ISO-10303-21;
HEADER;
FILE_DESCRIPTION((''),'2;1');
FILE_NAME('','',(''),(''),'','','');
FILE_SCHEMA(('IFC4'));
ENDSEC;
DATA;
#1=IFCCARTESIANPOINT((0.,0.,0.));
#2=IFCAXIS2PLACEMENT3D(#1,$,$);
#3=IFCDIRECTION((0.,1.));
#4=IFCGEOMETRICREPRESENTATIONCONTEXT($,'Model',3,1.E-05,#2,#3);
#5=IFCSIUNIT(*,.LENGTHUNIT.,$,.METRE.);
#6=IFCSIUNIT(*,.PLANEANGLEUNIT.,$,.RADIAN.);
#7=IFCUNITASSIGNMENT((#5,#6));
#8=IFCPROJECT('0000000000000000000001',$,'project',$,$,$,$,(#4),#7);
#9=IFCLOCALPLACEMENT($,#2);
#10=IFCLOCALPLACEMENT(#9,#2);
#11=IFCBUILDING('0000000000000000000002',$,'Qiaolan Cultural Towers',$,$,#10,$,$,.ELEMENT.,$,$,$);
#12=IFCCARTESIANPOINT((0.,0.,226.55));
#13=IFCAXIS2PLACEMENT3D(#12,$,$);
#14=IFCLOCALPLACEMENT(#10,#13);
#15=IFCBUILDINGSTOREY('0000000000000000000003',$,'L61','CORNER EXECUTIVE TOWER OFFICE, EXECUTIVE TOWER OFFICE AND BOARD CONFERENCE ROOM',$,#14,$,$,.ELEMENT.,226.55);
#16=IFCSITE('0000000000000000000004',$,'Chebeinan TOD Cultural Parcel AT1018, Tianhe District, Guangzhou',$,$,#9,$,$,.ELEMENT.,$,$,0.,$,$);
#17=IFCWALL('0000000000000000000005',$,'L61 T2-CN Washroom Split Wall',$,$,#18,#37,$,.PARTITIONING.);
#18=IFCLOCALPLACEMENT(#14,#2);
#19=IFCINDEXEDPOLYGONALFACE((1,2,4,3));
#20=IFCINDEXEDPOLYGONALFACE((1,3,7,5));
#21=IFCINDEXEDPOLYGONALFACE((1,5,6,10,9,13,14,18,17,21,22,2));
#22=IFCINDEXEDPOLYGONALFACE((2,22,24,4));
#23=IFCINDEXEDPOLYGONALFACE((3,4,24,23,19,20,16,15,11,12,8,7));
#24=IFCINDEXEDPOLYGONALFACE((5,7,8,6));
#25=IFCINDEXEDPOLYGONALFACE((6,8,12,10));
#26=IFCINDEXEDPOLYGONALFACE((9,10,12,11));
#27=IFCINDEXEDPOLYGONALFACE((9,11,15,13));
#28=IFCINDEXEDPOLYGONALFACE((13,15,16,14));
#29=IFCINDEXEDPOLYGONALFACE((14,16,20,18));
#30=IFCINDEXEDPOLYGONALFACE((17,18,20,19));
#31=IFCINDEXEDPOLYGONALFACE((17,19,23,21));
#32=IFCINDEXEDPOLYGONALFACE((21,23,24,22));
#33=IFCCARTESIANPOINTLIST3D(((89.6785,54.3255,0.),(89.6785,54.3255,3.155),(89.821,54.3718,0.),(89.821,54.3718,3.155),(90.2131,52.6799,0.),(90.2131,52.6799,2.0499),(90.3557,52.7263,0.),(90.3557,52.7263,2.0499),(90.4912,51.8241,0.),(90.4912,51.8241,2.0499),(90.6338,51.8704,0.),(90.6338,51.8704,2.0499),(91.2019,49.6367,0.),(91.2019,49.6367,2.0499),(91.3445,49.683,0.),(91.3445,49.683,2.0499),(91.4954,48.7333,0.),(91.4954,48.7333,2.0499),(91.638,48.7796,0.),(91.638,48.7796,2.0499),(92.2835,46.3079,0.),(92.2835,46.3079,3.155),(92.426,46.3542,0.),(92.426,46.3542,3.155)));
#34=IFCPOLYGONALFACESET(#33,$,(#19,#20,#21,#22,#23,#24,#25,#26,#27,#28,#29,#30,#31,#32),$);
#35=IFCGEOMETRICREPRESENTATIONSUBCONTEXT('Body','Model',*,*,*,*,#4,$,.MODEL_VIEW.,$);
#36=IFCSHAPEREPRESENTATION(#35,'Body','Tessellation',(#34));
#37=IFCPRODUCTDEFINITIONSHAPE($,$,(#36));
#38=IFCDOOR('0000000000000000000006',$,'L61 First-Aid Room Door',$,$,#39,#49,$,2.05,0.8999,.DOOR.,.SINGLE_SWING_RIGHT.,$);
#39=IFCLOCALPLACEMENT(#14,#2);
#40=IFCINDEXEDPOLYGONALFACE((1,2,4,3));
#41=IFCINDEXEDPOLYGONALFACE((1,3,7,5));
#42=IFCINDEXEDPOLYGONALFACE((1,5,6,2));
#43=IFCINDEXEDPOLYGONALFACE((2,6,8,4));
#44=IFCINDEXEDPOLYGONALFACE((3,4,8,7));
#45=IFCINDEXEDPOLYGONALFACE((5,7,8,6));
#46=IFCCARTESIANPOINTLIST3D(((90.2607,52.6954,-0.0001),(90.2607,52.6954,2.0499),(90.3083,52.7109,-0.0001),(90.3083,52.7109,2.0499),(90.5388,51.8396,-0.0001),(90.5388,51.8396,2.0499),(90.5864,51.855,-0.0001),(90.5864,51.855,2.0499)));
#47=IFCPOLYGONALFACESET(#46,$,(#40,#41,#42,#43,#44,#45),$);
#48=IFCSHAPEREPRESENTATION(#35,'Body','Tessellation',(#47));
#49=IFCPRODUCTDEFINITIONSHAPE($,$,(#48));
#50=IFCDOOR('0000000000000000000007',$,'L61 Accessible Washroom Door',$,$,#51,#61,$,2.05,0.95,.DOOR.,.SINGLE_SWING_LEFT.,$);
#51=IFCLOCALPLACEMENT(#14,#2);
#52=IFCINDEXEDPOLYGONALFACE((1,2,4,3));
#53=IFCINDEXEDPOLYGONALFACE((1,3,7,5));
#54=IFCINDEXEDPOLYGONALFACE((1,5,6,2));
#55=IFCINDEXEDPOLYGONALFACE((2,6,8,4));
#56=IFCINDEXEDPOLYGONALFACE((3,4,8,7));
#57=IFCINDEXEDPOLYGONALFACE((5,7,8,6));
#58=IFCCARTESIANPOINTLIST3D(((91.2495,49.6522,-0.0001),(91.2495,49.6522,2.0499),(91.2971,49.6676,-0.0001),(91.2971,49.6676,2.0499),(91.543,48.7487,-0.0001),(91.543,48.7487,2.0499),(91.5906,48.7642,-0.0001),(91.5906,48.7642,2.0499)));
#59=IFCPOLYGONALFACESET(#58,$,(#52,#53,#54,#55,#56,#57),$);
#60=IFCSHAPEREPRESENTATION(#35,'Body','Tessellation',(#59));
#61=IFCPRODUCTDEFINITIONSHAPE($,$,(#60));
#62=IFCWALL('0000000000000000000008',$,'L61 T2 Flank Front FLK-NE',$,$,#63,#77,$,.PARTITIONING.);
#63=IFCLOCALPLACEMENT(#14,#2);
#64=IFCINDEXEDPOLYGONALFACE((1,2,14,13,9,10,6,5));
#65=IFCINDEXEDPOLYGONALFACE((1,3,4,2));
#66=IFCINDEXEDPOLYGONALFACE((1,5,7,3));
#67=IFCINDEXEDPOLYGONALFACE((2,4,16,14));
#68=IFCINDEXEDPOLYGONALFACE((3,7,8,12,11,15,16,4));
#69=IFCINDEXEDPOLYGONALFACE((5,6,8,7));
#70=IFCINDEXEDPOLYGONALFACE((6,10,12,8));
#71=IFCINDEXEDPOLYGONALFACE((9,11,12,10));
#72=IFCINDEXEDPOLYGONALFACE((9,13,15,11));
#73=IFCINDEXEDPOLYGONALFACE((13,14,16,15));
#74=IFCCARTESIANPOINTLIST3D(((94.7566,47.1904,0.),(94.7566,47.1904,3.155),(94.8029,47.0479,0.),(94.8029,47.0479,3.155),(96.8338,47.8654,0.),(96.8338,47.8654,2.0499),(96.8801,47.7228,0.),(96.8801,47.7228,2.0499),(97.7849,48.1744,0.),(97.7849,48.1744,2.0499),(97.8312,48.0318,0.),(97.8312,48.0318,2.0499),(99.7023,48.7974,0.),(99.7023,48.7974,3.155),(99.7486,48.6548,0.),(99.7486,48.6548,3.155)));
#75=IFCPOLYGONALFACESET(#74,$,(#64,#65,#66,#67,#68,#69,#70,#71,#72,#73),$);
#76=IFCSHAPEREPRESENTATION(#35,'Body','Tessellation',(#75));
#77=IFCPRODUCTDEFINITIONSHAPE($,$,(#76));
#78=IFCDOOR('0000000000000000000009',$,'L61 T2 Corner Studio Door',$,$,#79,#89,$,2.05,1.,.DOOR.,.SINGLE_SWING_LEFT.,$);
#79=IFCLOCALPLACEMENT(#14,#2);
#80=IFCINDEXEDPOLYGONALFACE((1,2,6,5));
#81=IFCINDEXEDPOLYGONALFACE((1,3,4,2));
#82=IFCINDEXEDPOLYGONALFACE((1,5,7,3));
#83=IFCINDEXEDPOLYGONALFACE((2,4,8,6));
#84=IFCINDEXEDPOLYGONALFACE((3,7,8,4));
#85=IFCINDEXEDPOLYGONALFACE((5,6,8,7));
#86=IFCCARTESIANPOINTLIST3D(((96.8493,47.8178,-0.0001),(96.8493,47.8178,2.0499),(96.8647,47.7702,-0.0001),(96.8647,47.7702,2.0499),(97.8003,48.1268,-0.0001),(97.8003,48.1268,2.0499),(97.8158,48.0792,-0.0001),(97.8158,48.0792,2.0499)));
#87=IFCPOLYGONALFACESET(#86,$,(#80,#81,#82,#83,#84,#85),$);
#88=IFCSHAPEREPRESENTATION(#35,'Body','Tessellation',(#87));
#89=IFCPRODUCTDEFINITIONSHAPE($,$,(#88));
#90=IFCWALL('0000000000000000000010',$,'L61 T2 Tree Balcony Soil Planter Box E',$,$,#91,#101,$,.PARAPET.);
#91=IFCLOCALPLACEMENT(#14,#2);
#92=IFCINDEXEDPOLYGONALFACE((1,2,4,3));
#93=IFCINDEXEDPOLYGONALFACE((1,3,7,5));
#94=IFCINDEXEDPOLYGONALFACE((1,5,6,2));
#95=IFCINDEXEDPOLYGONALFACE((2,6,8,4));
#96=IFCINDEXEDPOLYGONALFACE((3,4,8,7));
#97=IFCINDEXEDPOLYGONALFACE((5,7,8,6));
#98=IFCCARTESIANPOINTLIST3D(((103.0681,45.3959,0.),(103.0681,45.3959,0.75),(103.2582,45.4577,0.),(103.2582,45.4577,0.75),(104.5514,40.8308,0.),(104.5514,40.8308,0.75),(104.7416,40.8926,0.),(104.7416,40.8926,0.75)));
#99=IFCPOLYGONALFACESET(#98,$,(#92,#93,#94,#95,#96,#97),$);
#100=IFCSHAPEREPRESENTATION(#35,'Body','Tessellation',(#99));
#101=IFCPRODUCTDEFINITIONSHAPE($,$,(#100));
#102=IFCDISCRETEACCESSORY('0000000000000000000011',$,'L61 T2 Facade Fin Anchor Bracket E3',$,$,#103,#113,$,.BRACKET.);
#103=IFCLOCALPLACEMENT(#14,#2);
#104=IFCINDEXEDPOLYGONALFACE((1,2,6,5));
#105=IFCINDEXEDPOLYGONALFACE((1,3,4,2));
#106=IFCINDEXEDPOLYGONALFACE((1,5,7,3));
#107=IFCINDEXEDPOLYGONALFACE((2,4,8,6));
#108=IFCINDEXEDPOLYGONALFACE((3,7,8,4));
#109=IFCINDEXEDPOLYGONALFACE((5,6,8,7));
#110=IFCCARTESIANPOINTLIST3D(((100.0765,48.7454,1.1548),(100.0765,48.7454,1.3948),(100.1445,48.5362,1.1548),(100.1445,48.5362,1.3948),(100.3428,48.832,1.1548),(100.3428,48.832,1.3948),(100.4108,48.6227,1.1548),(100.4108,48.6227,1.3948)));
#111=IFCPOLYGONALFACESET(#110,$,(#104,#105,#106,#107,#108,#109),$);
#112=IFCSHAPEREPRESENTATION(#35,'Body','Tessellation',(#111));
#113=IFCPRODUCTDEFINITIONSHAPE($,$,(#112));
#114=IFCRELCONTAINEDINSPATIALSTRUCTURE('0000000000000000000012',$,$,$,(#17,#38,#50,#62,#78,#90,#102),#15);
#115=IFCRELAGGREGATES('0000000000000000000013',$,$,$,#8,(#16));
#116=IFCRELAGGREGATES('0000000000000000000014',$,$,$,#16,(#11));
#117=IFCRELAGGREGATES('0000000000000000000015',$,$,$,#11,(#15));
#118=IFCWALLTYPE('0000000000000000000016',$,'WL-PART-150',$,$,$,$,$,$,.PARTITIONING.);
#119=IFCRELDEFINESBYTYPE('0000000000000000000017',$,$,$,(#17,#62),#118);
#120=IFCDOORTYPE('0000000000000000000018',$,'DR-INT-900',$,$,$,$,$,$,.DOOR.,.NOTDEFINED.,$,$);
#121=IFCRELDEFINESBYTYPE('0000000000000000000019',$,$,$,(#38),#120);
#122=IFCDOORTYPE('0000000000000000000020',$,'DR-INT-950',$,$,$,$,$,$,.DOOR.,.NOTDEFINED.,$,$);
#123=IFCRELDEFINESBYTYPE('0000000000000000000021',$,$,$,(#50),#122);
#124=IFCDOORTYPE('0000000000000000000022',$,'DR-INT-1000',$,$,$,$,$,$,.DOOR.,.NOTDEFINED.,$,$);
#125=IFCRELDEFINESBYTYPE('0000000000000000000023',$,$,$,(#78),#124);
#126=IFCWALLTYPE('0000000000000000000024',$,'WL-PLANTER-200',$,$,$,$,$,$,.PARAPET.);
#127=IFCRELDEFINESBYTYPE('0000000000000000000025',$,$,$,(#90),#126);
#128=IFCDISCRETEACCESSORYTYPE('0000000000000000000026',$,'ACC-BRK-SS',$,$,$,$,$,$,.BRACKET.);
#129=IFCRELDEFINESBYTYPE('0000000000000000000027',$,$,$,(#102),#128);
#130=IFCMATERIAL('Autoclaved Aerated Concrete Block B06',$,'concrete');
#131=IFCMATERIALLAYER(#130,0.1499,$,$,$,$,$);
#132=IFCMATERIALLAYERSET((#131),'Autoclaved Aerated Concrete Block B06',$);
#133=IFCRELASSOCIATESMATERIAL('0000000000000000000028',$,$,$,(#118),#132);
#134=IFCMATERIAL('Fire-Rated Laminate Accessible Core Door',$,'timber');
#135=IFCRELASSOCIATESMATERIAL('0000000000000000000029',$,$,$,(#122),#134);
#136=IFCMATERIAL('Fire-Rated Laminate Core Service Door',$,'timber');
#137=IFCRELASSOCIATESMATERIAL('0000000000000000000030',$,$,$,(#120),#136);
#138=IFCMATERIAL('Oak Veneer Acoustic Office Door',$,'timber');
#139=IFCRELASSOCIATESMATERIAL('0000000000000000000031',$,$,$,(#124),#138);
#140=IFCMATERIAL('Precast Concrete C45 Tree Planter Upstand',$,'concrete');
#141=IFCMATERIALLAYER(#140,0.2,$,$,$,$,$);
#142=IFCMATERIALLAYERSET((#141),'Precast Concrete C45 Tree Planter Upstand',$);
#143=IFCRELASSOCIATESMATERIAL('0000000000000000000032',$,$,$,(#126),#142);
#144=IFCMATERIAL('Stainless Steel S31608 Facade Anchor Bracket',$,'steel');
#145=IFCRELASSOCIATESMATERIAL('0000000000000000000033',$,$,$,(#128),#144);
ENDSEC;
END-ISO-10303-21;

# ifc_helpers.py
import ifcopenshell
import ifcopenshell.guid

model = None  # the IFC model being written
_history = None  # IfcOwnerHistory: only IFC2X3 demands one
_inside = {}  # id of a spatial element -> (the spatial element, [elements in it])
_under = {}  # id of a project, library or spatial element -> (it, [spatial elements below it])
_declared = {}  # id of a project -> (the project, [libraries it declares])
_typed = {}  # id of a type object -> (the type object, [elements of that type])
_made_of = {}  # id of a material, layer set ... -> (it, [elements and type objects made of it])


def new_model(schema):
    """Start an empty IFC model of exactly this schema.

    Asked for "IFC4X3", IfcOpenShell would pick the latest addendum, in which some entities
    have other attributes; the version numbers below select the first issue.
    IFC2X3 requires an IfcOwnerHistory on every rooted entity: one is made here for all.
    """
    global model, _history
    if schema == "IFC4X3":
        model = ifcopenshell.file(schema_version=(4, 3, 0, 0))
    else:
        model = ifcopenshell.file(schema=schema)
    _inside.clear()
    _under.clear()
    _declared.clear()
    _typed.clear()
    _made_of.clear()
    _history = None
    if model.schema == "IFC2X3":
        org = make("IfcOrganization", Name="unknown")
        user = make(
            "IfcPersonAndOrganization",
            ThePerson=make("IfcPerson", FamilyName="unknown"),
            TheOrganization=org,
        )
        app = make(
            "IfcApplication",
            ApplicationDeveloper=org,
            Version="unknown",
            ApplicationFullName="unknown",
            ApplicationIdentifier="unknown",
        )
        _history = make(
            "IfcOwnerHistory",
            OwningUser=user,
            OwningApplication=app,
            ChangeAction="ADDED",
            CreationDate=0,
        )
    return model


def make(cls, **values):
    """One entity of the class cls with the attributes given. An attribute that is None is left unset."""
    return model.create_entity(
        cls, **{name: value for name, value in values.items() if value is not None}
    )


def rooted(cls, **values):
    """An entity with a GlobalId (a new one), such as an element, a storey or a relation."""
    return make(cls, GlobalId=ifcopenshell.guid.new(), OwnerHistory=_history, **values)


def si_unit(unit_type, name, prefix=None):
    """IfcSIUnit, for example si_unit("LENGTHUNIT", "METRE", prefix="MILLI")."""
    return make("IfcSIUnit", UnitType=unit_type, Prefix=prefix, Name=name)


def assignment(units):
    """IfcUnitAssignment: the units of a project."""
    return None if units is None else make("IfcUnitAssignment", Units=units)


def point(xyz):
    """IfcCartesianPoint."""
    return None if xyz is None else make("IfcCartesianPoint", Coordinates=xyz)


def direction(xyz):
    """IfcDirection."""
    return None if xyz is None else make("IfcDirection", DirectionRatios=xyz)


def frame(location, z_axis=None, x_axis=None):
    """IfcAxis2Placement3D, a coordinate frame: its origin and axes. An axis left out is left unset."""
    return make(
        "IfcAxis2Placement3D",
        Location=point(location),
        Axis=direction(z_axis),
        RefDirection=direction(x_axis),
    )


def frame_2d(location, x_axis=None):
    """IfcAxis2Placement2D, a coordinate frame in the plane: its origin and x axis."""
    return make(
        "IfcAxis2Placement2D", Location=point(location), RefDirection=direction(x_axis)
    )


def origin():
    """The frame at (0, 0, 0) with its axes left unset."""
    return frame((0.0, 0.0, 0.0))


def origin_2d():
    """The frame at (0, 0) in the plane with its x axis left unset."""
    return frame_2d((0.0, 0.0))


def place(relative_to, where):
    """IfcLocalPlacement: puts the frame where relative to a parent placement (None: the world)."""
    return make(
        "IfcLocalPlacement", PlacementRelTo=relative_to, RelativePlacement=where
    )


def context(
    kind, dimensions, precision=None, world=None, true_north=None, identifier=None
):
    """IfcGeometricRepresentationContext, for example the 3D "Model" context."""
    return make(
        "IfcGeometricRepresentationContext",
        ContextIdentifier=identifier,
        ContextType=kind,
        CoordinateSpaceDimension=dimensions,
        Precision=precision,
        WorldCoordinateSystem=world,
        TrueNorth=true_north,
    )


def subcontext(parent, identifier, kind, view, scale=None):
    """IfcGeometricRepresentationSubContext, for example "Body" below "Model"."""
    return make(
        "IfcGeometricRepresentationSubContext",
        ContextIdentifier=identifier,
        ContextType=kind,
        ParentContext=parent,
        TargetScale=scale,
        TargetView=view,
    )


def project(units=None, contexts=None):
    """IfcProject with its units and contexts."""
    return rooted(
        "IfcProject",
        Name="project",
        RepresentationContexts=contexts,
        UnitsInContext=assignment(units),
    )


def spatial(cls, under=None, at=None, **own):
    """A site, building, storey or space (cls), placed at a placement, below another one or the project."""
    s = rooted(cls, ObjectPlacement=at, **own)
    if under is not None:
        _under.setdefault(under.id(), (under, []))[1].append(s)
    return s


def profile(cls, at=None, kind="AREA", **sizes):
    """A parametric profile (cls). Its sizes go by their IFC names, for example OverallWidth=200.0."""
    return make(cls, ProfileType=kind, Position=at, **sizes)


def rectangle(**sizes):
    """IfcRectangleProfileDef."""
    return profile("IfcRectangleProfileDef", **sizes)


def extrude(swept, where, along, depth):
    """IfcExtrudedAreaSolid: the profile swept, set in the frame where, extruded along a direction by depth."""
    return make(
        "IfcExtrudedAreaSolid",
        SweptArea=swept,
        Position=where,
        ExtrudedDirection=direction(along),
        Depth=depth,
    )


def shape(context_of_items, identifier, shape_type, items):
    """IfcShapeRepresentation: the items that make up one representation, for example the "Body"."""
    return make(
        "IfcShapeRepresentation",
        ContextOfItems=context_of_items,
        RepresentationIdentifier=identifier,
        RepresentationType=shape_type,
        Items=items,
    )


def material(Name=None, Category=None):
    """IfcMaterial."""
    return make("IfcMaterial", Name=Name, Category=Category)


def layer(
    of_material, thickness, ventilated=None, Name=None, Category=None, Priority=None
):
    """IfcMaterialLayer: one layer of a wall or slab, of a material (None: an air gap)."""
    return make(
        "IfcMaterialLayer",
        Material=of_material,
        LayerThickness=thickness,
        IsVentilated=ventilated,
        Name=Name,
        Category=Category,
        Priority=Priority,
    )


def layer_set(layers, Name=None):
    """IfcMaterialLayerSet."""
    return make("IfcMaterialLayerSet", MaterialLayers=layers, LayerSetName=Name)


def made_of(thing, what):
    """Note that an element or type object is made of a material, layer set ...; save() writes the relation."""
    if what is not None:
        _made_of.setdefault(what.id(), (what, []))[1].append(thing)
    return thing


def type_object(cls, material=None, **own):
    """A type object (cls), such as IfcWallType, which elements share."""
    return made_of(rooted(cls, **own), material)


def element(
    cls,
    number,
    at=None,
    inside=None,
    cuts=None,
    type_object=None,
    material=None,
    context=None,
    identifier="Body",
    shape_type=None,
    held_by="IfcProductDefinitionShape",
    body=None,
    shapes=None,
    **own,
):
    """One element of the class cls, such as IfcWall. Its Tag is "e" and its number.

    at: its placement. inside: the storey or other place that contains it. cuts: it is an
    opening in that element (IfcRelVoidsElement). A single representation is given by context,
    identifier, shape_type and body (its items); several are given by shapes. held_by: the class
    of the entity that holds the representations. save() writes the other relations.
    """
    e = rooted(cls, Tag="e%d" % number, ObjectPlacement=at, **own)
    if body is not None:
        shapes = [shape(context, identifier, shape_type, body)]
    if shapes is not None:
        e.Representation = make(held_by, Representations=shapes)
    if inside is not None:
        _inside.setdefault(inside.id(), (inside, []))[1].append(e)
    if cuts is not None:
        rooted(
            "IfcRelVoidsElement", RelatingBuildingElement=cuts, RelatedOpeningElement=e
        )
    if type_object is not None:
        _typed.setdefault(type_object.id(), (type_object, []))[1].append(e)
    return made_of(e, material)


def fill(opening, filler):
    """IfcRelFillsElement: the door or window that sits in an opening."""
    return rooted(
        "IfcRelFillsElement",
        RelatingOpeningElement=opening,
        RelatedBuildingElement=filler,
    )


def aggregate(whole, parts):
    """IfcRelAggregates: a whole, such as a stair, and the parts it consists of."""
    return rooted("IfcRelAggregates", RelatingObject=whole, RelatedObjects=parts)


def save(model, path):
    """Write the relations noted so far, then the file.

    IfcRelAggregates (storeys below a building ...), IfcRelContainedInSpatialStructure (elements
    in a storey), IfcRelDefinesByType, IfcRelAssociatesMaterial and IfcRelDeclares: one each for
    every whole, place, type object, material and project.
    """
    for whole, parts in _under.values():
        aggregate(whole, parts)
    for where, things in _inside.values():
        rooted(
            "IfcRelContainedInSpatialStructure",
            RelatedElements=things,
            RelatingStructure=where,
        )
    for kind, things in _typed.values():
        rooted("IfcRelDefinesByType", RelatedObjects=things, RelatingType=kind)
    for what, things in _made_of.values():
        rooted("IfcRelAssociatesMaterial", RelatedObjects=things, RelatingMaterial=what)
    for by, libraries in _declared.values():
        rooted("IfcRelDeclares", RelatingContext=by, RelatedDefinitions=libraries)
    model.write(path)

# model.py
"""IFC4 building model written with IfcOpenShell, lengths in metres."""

from ifc_helpers import new_model, si_unit, direction, frame, frame_2d, origin, origin_2d, place, context, subcontext, project, spatial, rectangle, extrude, material, layer, layer_set, type_object, element, fill, save


model = new_model("IFC4")

# Units and contexts
model_context = context("Model", 3, precision=1e-05, world=origin(), true_north=direction((0.0, 1.0)))
body_context = subcontext(model_context, "Body", "Model", "MODEL_VIEW")
ifc_project = project(units=[si_unit("LENGTHUNIT", "METRE"), si_unit("PLANEANGLEUNIT", "RADIAN")], contexts=[model_context])

# Site, building, storey
site_placement = place(None, origin())
site = spatial("IfcSite", under=ifc_project, at=site_placement, Name="Chebeinan TOD Cultural Parcel AT1018, Tianhe District, Guangzhou", CompositionType="ELEMENT", RefElevation=0.0)
building_placement = place(site_placement, origin())
building = spatial("IfcBuilding", under=site, at=building_placement, Name="Qiaolan Cultural Towers", CompositionType="ELEMENT")
storey_placement = place(building_placement, frame((0.0, 0.0, 226.55)))
storey = spatial("IfcBuildingStorey", under=building, at=storey_placement, Name="L61", Description="CORNER EXECUTIVE TOWER OFFICE, EXECUTIVE TOWER OFFICE AND BOARD CONFERENCE ROOM", CompositionType="ELEMENT", Elevation=226.55)

# Shared definitions
ifc_material_1 = material(Name="Autoclaved Aerated Concrete Block B06", Category="concrete")
ifc_layer_1 = layer(ifc_material_1, 0.1499)
ifc_layer_set_1 = layer_set([ifc_layer_1], Name="Autoclaved Aerated Concrete Block B06")
wall_type_1 = type_object("IfcWallType", Name="WL-PART-150", PredefinedType="PARTITIONING", material=ifc_layer_set_1)
ifc_material_2 = material(Name="Fire-Rated Laminate Accessible Core Door", Category="timber")
door_type_1 = type_object("IfcDoorType", Name="DR-INT-950", OperationType="NOTDEFINED", PredefinedType="DOOR", material=ifc_material_2)

# Wall, openings, doors
wall_1_placement = place(storey_placement, frame((92.3547, 46.3311, 0.0), z_axis=(0.0, 0.0, 1.0), x_axis=(-0.309007, 0.95106, 0.0)))
wall_1 = element("IfcWall", 1, at=wall_1_placement, inside=storey, type_object=wall_type_1, Name="L61 T2-CN Washroom Split Wall", PredefinedType="PARTITIONING", context=body_context, shape_type="SweptSolid", body=[
    extrude(rectangle(XDim=8.4302, YDim=0.1499, at=frame_2d((4.2151, 0.0))), origin(), (0.0, 0.0, 1.0), 3.155),
])
opening_1_placement = place(wall_1_placement, frame((2.55, 0.0, 0.0)))
opening_1 = element("IfcOpeningElement", 2, at=opening_1_placement, cuts=wall_1, PredefinedType="OPENING", context=body_context, shape_type="SweptSolid", body=[
    extrude(rectangle(XDim=0.95, YDim=2.05, at=frame_2d((0.4751, 1.0249))), frame((0.0, 0.085, 0.0), z_axis=(0.0, -1.0, 0.0), x_axis=(1.0, 0.0, 0.0)), (0.0, 0.0, 1.0), 0.1699),
])
opening_2_placement = place(wall_1_placement, frame((5.8, 0.0, 0.0)))
opening_2 = element("IfcOpeningElement", 3, at=opening_2_placement, cuts=wall_1, PredefinedType="OPENING", context=body_context, shape_type="SweptSolid", body=[
    extrude(rectangle(XDim=0.8999, YDim=2.05, at=frame_2d((0.45, 1.0249))), frame((0.0, 0.085, 0.0), z_axis=(0.0, -1.0, 0.0), x_axis=(1.0, 0.0, 0.0)), (0.0, 0.0, 1.0), 0.1699),
])
ifc_material_3 = material(Name="Fire-Rated Laminate Core Service Door", Category="timber")
door_type_2 = type_object("IfcDoorType", Name="DR-INT-900", OperationType="NOTDEFINED", PredefinedType="DOOR", material=ifc_material_3)
door_1_placement = place(opening_2_placement, origin())
door_1 = element("IfcDoor", 4, at=door_1_placement, inside=storey, type_object=door_type_2, Name="L61 First-Aid Room Door", OperationType="SINGLE_SWING_RIGHT", OverallHeight=2.05, OverallWidth=0.8999, PredefinedType="DOOR", context=body_context, shape_type="SweptSolid", body=[
    extrude(rectangle(XDim=0.8999, YDim=2.05, at=frame_2d((0.45, 1.0249))), frame((0.0, 0.0249, 0.0), z_axis=(0.0, -1.0, 0.0), x_axis=(1.0, 0.0, 0.0)), (0.0, 0.0, 1.0), 0.05),
])
fill(opening_2, door_1)
door_2_placement = place(opening_1_placement, origin())
door_2 = element("IfcDoor", 5, at=door_2_placement, inside=storey, type_object=door_type_1, Name="L61 Accessible Washroom Door", OperationType="SINGLE_SWING_LEFT", OverallHeight=2.05, OverallWidth=0.95, PredefinedType="DOOR", context=body_context, shape_type="SweptSolid", body=[
    extrude(rectangle(XDim=0.95, YDim=2.05, at=frame_2d((0.4751, 1.0249))), frame((0.0, 0.0249, 0.0), z_axis=(0.0, -1.0, 0.0), x_axis=(1.0, 0.0, 0.0)), (0.0, 0.0, 1.0), 0.05),
])
fill(opening_1, door_2)

# Wall, opening, door
wall_2_placement = place(storey_placement, frame((94.7798, 47.1191, 0.0), z_axis=(0.0, 0.0, 1.0), x_axis=(0.951055, 0.309021, 0.0)))
wall_2 = element("IfcWall", 6, at=wall_2_placement, inside=storey, type_object=wall_type_1, Name="L61 T2 Flank Front FLK-NE", PredefinedType="PARTITIONING", context=body_context, shape_type="SweptSolid", body=[
    extrude(rectangle(XDim=5.2002, YDim=0.1499, at=frame_2d((2.6001, 0.0))), origin(), (0.0, 0.0, 1.0), 3.155),
])
opening_3_placement = place(wall_2_placement, frame((2.1841, 0.0, 0.0)))
opening_3 = element("IfcOpeningElement", 7, at=opening_3_placement, cuts=wall_2, PredefinedType="OPENING", context=body_context, shape_type="SweptSolid", body=[
    extrude(rectangle(XDim=1.0, YDim=2.05, at=frame_2d((0.5, 1.0249))), frame((0.0, 0.085, 0.0), z_axis=(0.0, -1.0, 0.0), x_axis=(1.0, 0.0, 0.0)), (0.0, 0.0, 1.0), 0.1699),
])
ifc_material_4 = material(Name="Oak Veneer Acoustic Office Door", Category="timber")
door_type_3 = type_object("IfcDoorType", Name="DR-INT-1000", OperationType="NOTDEFINED", PredefinedType="DOOR", material=ifc_material_4)
door_3_placement = place(opening_3_placement, origin())
door_3 = element("IfcDoor", 8, at=door_3_placement, inside=storey, type_object=door_type_3, Name="L61 T2 Corner Studio Door", OperationType="SINGLE_SWING_LEFT", OverallHeight=2.05, OverallWidth=1.0, PredefinedType="DOOR", context=body_context, shape_type="SweptSolid", body=[
    extrude(rectangle(XDim=1.0, YDim=2.05, at=frame_2d((0.5, 1.0249))), frame((0.0, 0.0249, 0.0), z_axis=(0.0, -1.0, 0.0), x_axis=(1.0, 0.0, 0.0)), (0.0, 0.0, 1.0), 0.05),
])
fill(opening_3, door_3)

# Wall
ifc_material_5 = material(Name="Precast Concrete C45 Tree Planter Upstand", Category="concrete")
ifc_layer_2 = layer(ifc_material_5, 0.2)
ifc_layer_set_2 = layer_set([ifc_layer_2], Name="Precast Concrete C45 Tree Planter Upstand")
wall_type_2 = type_object("IfcWallType", Name="WL-PLANTER-200", PredefinedType="PARAPET", material=ifc_layer_set_2)
wall_3_placement = place(storey_placement, frame((104.6465, 40.8618, 0.0), z_axis=(0.0, 0.0, 1.0), x_axis=(-0.309032, 0.951052, 0.0)))
element("IfcWall", 9, at=wall_3_placement, inside=storey, type_object=wall_type_2, Name="L61 T2 Tree Balcony Soil Planter Box E", PredefinedType="PARAPET", context=body_context, shape_type="SweptSolid", body=[
    extrude(rectangle(XDim=4.8, YDim=0.2, at=frame_2d((2.3999, 0.0))), origin(), (0.0, 0.0, 1.0), 0.75),
])

# Discrete accessory
ifc_material_6 = material(Name="Stainless Steel S31608 Facade Anchor Bracket", Category="steel")
discrete_accessory_type = type_object("IfcDiscreteAccessoryType", Name="ACC-BRK-SS", PredefinedType="BRACKET", material=ifc_material_6)
discrete_accessory_placement = place(storey_placement, frame((100.2437, 48.6841, 1.1548), z_axis=(0.0, 0.0, 1.0), x_axis=(0.951057, 0.309017, 0.0)))
element("IfcDiscreteAccessory", 10, at=discrete_accessory_placement, inside=storey, type_object=discrete_accessory_type, Name="L61 T2 Facade Fin Anchor Bracket E3", PredefinedType="BRACKET", context=body_context, shape_type="SweptSolid", body=[
    extrude(rectangle(XDim=0.28, YDim=0.22, at=origin_2d()), origin(), (0.0, 0.0, 1.0), 0.24),
])

save(model, "model.ifc")
